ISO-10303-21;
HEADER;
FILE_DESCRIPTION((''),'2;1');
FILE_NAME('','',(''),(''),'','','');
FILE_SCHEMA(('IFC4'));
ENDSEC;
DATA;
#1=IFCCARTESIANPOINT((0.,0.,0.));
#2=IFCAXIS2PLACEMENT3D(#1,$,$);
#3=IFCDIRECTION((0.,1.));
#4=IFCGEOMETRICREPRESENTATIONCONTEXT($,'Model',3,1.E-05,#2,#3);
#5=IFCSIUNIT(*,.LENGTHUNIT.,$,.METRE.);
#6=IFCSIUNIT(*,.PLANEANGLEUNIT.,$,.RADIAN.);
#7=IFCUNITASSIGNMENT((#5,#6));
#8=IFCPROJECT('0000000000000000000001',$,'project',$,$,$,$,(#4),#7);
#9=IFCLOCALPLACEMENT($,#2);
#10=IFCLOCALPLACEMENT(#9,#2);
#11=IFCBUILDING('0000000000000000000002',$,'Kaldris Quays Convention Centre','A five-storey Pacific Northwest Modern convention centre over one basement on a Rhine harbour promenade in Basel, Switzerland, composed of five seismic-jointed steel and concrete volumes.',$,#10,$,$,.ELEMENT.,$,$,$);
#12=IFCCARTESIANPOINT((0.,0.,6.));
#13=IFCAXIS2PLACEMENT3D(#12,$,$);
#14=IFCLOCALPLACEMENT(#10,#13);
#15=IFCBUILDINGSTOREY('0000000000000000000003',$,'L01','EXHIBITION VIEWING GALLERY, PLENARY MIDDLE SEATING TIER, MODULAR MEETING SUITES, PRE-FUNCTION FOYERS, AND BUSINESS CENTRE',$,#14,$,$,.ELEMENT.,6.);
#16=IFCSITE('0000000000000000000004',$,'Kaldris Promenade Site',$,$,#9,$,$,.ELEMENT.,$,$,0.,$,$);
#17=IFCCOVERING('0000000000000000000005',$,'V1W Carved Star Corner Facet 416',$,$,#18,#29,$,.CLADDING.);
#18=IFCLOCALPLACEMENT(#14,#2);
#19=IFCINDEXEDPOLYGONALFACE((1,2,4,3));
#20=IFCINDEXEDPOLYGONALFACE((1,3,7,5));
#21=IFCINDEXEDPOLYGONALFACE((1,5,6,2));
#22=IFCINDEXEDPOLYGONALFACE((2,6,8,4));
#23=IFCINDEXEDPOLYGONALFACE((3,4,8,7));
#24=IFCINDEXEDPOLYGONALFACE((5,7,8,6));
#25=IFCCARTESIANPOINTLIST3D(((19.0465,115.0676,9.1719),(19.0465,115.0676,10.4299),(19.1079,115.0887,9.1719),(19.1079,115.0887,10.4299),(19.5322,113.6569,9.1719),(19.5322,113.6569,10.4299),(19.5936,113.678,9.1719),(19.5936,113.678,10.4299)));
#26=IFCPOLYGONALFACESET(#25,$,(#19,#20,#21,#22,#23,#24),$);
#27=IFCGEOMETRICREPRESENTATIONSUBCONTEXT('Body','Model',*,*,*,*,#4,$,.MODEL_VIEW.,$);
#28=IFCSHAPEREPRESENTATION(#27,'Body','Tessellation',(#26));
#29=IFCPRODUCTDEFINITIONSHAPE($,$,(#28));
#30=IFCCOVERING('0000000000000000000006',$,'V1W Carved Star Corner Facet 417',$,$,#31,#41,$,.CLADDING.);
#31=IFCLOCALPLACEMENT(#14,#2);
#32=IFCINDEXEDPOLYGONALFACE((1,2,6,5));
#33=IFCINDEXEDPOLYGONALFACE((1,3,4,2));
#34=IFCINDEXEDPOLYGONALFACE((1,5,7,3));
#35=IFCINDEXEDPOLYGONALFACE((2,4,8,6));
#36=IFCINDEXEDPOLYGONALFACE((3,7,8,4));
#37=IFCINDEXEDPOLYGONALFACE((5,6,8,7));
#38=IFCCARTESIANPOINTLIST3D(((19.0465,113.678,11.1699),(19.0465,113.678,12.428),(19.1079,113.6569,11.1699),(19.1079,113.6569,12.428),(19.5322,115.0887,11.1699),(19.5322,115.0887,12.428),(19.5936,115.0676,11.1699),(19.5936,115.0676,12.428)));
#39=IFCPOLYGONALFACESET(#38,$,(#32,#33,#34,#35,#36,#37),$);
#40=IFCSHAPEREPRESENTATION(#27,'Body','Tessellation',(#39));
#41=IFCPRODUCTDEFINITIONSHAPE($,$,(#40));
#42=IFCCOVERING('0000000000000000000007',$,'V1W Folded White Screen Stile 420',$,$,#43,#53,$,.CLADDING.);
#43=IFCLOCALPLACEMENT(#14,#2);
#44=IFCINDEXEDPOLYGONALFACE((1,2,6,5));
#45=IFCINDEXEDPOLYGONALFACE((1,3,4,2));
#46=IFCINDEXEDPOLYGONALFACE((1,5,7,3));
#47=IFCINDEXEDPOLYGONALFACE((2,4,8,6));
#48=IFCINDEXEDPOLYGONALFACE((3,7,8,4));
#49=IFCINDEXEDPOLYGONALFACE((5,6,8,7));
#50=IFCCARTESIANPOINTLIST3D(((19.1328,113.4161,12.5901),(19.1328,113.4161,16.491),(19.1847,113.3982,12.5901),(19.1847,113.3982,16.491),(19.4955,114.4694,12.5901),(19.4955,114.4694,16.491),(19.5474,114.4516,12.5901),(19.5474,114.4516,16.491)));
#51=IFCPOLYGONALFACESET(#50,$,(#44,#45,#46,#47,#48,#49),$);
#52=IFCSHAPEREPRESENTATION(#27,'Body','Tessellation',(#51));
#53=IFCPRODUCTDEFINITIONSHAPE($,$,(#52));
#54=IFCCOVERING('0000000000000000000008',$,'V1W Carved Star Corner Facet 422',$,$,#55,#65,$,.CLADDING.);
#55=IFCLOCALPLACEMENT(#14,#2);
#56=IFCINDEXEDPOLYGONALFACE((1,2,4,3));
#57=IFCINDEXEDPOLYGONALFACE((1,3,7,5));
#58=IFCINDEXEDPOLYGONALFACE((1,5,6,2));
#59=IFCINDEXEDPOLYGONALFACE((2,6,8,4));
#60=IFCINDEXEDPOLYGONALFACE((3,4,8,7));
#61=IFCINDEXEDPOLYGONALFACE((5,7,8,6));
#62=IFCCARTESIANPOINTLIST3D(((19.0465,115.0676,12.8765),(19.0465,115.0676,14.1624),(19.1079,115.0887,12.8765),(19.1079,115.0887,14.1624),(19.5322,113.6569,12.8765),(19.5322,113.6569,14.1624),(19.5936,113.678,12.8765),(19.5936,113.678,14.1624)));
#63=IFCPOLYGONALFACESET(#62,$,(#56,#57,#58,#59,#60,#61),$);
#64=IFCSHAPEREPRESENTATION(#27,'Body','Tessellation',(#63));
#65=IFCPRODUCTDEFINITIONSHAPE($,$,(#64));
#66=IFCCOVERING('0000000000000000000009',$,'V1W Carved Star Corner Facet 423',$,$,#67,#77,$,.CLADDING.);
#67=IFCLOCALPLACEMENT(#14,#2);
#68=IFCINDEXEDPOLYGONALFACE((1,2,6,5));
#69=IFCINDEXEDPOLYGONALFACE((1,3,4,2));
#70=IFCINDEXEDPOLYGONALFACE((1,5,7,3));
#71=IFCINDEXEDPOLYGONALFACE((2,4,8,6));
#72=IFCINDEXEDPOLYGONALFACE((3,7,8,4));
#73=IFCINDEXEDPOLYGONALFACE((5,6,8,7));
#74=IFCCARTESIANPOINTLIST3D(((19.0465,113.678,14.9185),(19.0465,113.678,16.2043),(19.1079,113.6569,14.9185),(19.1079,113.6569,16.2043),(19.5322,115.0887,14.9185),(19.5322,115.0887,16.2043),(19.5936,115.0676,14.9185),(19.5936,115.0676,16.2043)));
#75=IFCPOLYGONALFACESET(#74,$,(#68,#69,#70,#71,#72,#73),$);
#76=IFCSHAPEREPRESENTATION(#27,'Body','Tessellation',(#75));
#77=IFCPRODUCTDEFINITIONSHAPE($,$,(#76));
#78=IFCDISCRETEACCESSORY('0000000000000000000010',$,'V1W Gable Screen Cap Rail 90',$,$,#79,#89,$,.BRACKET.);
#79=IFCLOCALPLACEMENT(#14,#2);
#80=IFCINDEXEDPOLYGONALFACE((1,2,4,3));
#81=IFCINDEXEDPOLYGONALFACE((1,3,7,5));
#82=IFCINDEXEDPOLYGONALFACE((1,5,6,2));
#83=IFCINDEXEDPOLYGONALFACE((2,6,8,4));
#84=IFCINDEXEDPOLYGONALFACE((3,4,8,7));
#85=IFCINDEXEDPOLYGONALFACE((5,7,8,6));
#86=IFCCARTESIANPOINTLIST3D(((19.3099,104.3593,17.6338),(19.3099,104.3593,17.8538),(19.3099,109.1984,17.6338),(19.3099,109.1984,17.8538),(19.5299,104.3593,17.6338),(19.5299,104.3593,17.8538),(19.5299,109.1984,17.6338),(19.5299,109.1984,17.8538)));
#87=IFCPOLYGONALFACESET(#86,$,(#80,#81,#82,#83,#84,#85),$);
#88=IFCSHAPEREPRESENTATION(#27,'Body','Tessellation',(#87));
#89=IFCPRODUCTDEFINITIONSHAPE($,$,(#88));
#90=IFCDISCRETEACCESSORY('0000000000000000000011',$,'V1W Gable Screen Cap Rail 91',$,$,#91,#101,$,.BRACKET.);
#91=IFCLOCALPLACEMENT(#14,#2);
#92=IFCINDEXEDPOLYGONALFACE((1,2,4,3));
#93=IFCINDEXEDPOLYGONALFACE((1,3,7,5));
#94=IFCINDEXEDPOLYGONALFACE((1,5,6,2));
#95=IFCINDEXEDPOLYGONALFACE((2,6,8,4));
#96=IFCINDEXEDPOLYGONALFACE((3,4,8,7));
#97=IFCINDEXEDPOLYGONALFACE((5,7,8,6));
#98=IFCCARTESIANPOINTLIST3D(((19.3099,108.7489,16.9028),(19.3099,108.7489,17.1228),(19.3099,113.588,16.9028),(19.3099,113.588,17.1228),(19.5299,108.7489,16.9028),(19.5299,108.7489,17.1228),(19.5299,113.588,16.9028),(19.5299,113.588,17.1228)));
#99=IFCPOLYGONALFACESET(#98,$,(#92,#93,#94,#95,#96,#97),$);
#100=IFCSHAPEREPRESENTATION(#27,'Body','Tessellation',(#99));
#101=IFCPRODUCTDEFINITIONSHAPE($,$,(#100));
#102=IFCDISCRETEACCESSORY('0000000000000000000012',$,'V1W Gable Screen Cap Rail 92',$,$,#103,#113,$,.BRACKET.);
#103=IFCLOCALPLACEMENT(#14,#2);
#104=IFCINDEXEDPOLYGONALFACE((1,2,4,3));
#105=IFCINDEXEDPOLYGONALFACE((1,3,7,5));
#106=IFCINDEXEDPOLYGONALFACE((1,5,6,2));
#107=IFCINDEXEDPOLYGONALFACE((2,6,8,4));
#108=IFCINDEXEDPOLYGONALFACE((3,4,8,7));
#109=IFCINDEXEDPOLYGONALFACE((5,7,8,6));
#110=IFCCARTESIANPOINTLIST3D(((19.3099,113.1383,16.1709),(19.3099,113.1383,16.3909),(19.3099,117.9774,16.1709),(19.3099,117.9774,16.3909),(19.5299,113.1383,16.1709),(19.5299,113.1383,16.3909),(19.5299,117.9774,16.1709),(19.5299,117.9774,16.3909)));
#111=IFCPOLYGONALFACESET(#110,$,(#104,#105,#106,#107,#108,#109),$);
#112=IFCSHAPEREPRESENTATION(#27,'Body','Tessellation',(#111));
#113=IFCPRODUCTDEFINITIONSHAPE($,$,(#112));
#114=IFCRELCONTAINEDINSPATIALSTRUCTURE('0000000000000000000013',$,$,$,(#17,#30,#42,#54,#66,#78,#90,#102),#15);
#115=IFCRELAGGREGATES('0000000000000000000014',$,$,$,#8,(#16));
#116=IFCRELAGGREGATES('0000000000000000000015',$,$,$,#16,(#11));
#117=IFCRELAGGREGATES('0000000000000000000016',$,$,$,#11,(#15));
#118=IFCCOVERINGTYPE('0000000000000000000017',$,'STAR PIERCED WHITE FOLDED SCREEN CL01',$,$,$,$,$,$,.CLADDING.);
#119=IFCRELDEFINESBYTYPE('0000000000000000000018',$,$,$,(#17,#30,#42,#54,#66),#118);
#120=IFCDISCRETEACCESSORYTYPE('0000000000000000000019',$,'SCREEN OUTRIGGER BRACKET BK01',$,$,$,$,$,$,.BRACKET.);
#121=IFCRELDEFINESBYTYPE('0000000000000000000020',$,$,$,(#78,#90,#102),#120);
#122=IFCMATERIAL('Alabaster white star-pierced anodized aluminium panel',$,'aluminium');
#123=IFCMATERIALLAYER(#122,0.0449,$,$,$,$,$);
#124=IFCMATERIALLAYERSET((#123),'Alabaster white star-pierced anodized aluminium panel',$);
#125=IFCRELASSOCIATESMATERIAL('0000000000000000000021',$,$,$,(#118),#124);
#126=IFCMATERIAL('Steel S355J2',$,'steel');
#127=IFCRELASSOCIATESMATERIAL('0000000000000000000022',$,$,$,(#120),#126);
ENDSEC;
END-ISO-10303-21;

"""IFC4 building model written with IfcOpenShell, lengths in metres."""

from ifc_helpers import new_model, si_unit, direction, frame, origin, origin_2d, place, context, subcontext, project, spatial, rectangle, extrude, material, layer, layer_set, type_object, element, save


model = new_model("IFC4")

# Units and contexts
model_context = context("Model", 3, precision=1e-05, world=origin(), true_north=direction((0.0, 1.0)))
body_context = subcontext(model_context, "Body", "Model", "MODEL_VIEW")
ifc_project = project(units=[si_unit("LENGTHUNIT", "METRE"), si_unit("PLANEANGLEUNIT", "RADIAN")], contexts=[model_context])

# Site, building, storey
site_placement = place(None, origin())
site = spatial("IfcSite", under=ifc_project, at=site_placement, Name="Kaldris Promenade Site", CompositionType="ELEMENT", RefElevation=0.0)
building_placement = place(site_placement, origin())
building = spatial("IfcBuilding", under=site, at=building_placement, Name="Kaldris Quays Convention Centre", Description="A five-storey Pacific Northwest Modern convention centre over one basement on a Rhine harbour promenade in Basel, Switzerland, composed of five seismic-jointed steel and concrete volumes.", CompositionType="ELEMENT")
storey_placement = place(building_placement, frame((0.0, 0.0, 6.0)))
storey = spatial("IfcBuildingStorey", under=building, at=storey_placement, Name="L01", Description="EXHIBITION VIEWING GALLERY, PLENARY MIDDLE SEATING TIER, MODULAR MEETING SUITES, PRE-FUNCTION FOYERS, AND BUSINESS CENTRE", CompositionType="ELEMENT", Elevation=6.0)

# Coverings
ifc_material_1 = material(Name="Alabaster white star-pierced anodized aluminium panel", Category="aluminium")
ifc_layer = layer(ifc_material_1, 0.0449)
ifc_layer_set = layer_set([ifc_layer], Name="Alabaster white star-pierced anodized aluminium panel")
covering_type = type_object("IfcCoveringType", Name="STAR PIERCED WHITE FOLDED SCREEN CL01", PredefinedType="CLADDING", material=ifc_layer_set)
for number, where, z_axis, x_axis, name in (
    (1, (19.3201, 114.3728, 9.1719), (0.0, 0.0, 1.0), (-0.325568, 0.945519, 0.0), "V1W Carved Star Corner Facet 416"),
    (2, (19.3201, 114.3728, 11.1699), (0.0, 0.0, 1.0), (0.325568, 0.945519, 0.0), "V1W Carved Star Corner Facet 417"),
):
    element("IfcCovering", number, at=place(storey_placement, frame(where, z_axis=z_axis, x_axis=x_axis)), inside=storey, type_object=covering_type, Name=name, PredefinedType="CLADDING", context=body_context, shape_type="SweptSolid", body=[
        extrude(rectangle(XDim=1.4919, YDim=0.0649, at=origin_2d()), origin(), (0.0, 0.0, 1.0), 1.2581),
    ])
covering_1_placement = place(storey_placement, frame((19.3401, 113.9338, 12.5901), z_axis=(0.0, 0.0, 1.0), x_axis=(0.325568, 0.945519, 0.0)))
element("IfcCovering", 3, at=covering_1_placement, inside=storey, type_object=covering_type, Name="V1W Folded White Screen Stile 420", PredefinedType="CLADDING", context=body_context, shape_type="SweptSolid", body=[
    extrude(rectangle(XDim=1.114, YDim=0.0549, at=origin_2d()), origin(), (0.0, 0.0, 1.0), 3.9009),
])
for number, where, z_axis, x_axis, name in (
    (4, (19.3201, 114.3728, 12.8765), (0.0, 0.0, 1.0), (-0.325568, 0.945519, 0.0), "V1W Carved Star Corner Facet 422"),
    (5, (19.3201, 114.3728, 14.9185), (0.0, 0.0, 1.0), (0.325568, 0.945519, 0.0), "V1W Carved Star Corner Facet 423"),
):
    element("IfcCovering", number, at=place(storey_placement, frame(where, z_axis=z_axis, x_axis=x_axis)), inside=storey, type_object=covering_type, Name=name, PredefinedType="CLADDING", context=body_context, shape_type="SweptSolid", body=[
        extrude(rectangle(XDim=1.4919, YDim=0.0649, at=origin_2d()), origin(), (0.0, 0.0, 1.0), 1.2859),
    ])

# Discrete accessories
ifc_material_2 = material(Name="Steel S355J2", Category="steel")
discrete_accessory_type = type_object("IfcDiscreteAccessoryType", Name="SCREEN OUTRIGGER BRACKET BK01", PredefinedType="BRACKET", material=ifc_material_2)
for number, where, z_axis, x_axis, name in (
    (6, (19.4199, 106.7788, 17.6338), (0.0, 0.0, 1.0), (0.0, 1.0, 0.0), "V1W Gable Screen Cap Rail 90"),
    (7, (19.4199, 111.1685, 16.9028), (0.0, 0.0, 1.0), (0.0, 1.0, 0.0), "V1W Gable Screen Cap Rail 91"),
    (8, (19.4199, 115.5579, 16.1709), (0.0, 0.0, 1.0), (0.0, 1.0, 0.0), "V1W Gable Screen Cap Rail 92"),
):
    element("IfcDiscreteAccessory", number, at=place(storey_placement, frame(where, z_axis=z_axis, x_axis=x_axis)), inside=storey, type_object=discrete_accessory_type, Name=name, PredefinedType="BRACKET", context=body_context, shape_type="SweptSolid", body=[
        extrude(rectangle(XDim=4.8391, YDim=0.22, at=origin_2d()), origin(), (0.0, 0.0, 1.0), 0.22),
    ])

save(model, "model.ifc")
